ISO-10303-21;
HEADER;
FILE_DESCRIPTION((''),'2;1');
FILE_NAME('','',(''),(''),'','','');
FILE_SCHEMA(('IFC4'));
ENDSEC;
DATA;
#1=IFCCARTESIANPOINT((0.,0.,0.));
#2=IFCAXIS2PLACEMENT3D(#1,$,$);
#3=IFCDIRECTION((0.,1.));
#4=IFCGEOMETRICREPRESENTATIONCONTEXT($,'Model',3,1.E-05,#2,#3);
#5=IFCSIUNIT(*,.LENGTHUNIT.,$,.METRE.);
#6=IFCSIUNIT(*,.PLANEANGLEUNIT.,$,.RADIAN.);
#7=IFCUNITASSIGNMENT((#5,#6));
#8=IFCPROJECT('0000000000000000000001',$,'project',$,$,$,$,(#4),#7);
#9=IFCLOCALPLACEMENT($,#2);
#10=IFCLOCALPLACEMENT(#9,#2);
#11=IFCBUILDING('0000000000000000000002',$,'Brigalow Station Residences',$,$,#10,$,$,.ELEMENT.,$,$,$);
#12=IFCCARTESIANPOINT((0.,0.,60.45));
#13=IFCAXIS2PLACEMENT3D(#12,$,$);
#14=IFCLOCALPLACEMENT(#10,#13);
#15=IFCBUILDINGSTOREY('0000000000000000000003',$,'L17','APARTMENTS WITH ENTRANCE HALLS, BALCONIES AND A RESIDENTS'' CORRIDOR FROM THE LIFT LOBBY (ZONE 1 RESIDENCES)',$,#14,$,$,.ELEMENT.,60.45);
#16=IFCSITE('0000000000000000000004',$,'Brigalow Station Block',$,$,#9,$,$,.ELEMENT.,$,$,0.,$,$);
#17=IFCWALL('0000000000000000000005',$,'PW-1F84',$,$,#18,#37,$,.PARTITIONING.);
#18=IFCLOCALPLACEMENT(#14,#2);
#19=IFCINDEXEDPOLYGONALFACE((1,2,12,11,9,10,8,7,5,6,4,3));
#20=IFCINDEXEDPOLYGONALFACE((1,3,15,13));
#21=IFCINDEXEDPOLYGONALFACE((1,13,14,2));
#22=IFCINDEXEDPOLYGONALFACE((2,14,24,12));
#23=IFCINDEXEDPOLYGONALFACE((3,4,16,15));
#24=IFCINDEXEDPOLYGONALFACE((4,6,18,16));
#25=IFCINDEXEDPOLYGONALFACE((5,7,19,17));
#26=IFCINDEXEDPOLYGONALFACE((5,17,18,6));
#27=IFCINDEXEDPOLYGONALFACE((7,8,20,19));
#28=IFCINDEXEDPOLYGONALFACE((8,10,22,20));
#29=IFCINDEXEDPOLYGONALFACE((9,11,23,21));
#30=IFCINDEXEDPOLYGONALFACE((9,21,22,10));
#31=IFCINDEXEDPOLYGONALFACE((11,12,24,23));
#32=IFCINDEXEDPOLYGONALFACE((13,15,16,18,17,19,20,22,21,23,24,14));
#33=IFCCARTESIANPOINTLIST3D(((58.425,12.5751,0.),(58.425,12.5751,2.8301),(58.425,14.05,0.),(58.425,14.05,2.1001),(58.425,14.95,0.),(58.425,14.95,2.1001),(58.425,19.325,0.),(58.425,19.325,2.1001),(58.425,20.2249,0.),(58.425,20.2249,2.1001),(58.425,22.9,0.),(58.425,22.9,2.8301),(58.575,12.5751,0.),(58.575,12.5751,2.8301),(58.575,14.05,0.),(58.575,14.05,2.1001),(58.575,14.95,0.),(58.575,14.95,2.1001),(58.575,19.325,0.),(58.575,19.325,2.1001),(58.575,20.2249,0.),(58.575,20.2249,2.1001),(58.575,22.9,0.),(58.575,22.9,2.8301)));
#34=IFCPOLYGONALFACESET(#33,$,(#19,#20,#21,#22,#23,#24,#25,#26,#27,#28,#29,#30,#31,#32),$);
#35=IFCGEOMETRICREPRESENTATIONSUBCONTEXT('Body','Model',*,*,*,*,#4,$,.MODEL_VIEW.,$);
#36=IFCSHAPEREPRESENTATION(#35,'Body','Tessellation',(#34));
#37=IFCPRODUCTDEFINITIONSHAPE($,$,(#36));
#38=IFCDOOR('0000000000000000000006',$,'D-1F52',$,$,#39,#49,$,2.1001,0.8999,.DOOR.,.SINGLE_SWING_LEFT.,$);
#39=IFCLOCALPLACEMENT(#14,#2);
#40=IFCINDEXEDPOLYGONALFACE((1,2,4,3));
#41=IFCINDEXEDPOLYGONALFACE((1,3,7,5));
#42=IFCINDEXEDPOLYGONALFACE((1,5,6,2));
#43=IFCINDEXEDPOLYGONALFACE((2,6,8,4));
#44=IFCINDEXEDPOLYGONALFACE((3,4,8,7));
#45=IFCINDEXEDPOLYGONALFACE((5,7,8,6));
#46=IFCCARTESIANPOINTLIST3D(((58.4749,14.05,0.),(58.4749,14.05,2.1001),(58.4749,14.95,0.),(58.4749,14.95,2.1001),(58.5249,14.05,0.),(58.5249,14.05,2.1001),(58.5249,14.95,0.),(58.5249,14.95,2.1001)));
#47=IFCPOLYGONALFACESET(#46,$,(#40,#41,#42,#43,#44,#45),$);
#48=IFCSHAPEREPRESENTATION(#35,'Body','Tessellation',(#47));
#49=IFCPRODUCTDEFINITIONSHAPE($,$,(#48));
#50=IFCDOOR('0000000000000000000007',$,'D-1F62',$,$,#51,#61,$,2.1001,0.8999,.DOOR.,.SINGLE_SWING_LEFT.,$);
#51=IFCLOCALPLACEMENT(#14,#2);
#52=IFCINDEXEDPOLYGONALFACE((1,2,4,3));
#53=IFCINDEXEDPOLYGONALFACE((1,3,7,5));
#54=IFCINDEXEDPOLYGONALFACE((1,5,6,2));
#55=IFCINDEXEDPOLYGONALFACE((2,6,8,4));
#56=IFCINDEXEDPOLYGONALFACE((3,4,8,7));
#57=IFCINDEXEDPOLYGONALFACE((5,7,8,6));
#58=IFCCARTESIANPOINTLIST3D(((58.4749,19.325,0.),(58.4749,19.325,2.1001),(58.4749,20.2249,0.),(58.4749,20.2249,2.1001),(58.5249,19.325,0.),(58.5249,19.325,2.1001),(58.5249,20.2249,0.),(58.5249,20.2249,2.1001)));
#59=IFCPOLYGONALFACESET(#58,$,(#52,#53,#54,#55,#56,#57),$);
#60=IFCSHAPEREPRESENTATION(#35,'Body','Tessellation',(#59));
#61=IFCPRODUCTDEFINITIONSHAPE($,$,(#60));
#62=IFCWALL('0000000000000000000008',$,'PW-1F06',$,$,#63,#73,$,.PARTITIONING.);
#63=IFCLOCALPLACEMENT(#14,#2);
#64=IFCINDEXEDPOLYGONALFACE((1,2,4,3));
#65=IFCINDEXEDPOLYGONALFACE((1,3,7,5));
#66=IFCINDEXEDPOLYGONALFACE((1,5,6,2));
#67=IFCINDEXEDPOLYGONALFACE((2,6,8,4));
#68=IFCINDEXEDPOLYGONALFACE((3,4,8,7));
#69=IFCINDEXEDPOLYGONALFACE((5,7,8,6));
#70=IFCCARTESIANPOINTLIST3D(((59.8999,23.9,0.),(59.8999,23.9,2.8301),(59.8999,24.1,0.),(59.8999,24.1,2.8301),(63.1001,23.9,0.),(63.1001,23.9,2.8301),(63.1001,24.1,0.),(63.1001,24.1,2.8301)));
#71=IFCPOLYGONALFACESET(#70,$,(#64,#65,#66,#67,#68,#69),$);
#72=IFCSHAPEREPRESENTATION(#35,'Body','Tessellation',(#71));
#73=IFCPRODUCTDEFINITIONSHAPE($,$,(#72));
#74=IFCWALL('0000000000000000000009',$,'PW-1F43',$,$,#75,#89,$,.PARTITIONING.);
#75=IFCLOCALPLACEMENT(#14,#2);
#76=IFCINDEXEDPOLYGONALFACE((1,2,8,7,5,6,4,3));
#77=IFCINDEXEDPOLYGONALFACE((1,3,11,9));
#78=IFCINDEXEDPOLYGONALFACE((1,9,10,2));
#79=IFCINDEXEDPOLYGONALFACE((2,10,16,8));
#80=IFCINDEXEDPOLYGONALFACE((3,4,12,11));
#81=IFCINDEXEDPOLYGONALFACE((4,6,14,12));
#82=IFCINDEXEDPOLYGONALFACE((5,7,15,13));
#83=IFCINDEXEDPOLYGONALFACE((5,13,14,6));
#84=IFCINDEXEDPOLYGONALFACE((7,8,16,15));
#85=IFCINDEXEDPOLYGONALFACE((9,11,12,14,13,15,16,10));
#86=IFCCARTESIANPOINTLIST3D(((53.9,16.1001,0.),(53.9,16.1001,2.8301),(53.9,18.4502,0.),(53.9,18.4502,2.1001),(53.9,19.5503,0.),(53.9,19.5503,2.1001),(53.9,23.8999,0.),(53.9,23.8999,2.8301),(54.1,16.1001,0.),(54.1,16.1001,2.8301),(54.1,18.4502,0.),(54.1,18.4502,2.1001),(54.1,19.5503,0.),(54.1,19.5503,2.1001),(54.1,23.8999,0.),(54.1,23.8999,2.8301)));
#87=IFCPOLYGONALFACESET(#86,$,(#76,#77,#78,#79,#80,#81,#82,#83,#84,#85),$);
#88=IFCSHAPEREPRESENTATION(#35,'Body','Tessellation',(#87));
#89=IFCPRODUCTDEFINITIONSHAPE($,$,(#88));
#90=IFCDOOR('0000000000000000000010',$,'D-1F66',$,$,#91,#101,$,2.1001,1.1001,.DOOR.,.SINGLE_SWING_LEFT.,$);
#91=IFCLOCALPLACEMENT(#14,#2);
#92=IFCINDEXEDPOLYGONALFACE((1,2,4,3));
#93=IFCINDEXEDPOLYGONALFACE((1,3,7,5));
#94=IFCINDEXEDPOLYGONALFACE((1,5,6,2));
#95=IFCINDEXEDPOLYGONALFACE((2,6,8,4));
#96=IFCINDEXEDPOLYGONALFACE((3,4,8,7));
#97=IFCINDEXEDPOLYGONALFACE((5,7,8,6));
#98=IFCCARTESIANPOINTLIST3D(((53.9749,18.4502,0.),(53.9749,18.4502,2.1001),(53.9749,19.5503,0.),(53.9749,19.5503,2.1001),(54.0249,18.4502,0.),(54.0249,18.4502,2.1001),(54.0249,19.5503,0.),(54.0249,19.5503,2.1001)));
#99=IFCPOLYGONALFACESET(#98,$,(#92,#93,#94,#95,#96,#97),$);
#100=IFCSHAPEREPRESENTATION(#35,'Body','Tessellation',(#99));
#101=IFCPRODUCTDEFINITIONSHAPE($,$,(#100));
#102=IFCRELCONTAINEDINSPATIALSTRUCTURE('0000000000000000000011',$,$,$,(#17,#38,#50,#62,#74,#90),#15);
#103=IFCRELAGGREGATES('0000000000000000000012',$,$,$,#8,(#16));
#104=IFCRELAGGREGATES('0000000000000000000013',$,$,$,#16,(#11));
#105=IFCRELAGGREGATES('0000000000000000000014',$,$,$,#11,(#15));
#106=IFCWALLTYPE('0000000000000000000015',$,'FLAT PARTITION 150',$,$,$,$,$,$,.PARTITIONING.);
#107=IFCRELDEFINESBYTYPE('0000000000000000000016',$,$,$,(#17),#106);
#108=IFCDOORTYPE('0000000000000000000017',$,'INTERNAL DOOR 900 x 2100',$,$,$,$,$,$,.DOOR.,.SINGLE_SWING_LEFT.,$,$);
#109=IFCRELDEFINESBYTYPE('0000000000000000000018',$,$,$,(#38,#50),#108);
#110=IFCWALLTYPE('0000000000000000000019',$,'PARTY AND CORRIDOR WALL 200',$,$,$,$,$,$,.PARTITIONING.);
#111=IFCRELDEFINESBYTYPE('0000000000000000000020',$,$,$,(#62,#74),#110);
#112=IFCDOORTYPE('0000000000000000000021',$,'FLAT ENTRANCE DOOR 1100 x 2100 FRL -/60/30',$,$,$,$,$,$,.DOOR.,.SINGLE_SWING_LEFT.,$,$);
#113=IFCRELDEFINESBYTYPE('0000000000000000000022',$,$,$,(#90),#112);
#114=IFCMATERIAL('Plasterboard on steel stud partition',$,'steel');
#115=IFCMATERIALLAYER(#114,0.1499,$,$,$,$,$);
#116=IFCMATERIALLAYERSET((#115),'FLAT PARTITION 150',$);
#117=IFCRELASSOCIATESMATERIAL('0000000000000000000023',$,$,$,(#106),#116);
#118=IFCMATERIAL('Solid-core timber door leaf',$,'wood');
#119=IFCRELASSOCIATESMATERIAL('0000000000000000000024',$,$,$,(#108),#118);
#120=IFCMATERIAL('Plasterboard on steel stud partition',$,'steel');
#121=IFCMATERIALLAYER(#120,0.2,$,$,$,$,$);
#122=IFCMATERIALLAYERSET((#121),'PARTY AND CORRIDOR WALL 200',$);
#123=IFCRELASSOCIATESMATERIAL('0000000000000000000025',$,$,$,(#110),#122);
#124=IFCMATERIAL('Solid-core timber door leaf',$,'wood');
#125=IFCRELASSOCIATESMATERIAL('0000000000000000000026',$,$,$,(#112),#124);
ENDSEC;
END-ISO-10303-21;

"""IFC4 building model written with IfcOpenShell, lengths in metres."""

from ifc_helpers import new_model, si_unit, direction, frame, frame_2d, origin, place, context, subcontext, project, spatial, rectangle, extrude, material, layer, layer_set, type_object, element, fill, save


model = new_model("IFC4")

# Units and contexts
model_context = context("Model", 3, precision=1e-05, world=origin(), true_north=direction((0.0, 1.0)))
body_context = subcontext(model_context, "Body", "Model", "MODEL_VIEW")
ifc_project = project(units=[si_unit("LENGTHUNIT", "METRE"), si_unit("PLANEANGLEUNIT", "RADIAN")], contexts=[model_context])

# Site, building, storey
site_placement = place(None, origin())
site = spatial("IfcSite", under=ifc_project, at=site_placement, Name="Brigalow Station Block", CompositionType="ELEMENT", RefElevation=0.0)
building_placement = place(site_placement, origin())
building = spatial("IfcBuilding", under=site, at=building_placement, Name="Brigalow Station Residences", CompositionType="ELEMENT")
storey_placement = place(building_placement, frame((0.0, 0.0, 60.45)))
storey = spatial("IfcBuildingStorey", under=building, at=storey_placement, Name="L17", Description="APARTMENTS WITH ENTRANCE HALLS, BALCONIES AND A RESIDENTS' CORRIDOR FROM THE LIFT LOBBY (ZONE 1 RESIDENCES)", CompositionType="ELEMENT", Elevation=60.45)

# Shared definitions
ifc_material_1 = material(Name="Plasterboard on steel stud partition", Category="steel")
ifc_layer_1 = layer(ifc_material_1, 0.1499)
ifc_layer_set_1 = layer_set([ifc_layer_1], Name="FLAT PARTITION 150")
wall_type_1 = type_object("IfcWallType", Name="FLAT PARTITION 150", PredefinedType="PARTITIONING", material=ifc_layer_set_1)

# Shared definitions
ifc_material_2 = material(Name="Solid-core timber door leaf", Category="wood")
door_type_1 = type_object("IfcDoorType", Name="INTERNAL DOOR 900 x 2100", OperationType="SINGLE_SWING_LEFT", PredefinedType="DOOR", material=ifc_material_2)

# Wall, openings, doors
wall_1_placement = place(storey_placement, frame((58.5, 12.575, 0.0), z_axis=(0.0, 0.0, 1.0), x_axis=(0.0, 1.0, 0.0)))
wall_1 = element("IfcWall", 1, at=wall_1_placement, inside=storey, type_object=wall_type_1, Name="PW-1F84", PredefinedType="PARTITIONING", context=body_context, shape_type="SweptSolid", body=[
    extrude(rectangle(XDim=10.325, YDim=0.1499, at=frame_2d((5.1626, 0.0))), origin(), (0.0, 0.0, 1.0), 2.8301),
])
opening_1_placement = place(wall_1_placement, frame((1.4751, 0.0, 0.0)))
opening_1 = element("IfcOpeningElement", 2, at=opening_1_placement, cuts=wall_1, PredefinedType="OPENING", context=body_context, shape_type="SweptSolid", body=[
    extrude(rectangle(XDim=0.8999, YDim=2.1001, at=frame_2d((0.45, 1.05))), frame((0.0, 0.085, 0.0), z_axis=(0.0, -1.0, 0.0), x_axis=(1.0, 0.0, 0.0)), (0.0, 0.0, 1.0), 0.1699),
])
opening_2_placement = place(wall_1_placement, frame((6.75, 0.0, 0.0)))
opening_2 = element("IfcOpeningElement", 3, at=opening_2_placement, cuts=wall_1, PredefinedType="OPENING", context=body_context, shape_type="SweptSolid", body=[
    extrude(rectangle(XDim=0.8999, YDim=2.1001, at=frame_2d((0.45, 1.05))), frame((0.0, 0.085, 0.0), z_axis=(0.0, -1.0, 0.0), x_axis=(1.0, 0.0, 0.0)), (0.0, 0.0, 1.0), 0.1699),
])
door_1_placement = place(opening_1_placement, frame((0.8999, 0.0, 0.0), z_axis=(0.0, 0.0, 1.0), x_axis=(-1.0, 0.0, 0.0)))
door_1 = element("IfcDoor", 4, at=door_1_placement, inside=storey, type_object=door_type_1, Name="D-1F52", OperationType="SINGLE_SWING_LEFT", OverallHeight=2.1001, OverallWidth=0.8999, PredefinedType="DOOR", context=body_context, shape_type="SweptSolid", body=[
    extrude(rectangle(XDim=0.8999, YDim=2.1001, at=frame_2d((0.45, 1.05))), frame((0.0, 0.0249, 0.0), z_axis=(0.0, -1.0, 0.0), x_axis=(1.0, 0.0, 0.0)), (0.0, 0.0, 1.0), 0.05),
])
fill(opening_1, door_1)
door_2_placement = place(opening_2_placement, frame((0.8999, 0.0, 0.0), z_axis=(0.0, 0.0, 1.0), x_axis=(-1.0, 0.0, 0.0)))
door_2 = element("IfcDoor", 5, at=door_2_placement, inside=storey, type_object=door_type_1, Name="D-1F62", OperationType="SINGLE_SWING_LEFT", OverallHeight=2.1001, OverallWidth=0.8999, PredefinedType="DOOR", context=body_context, shape_type="SweptSolid", body=[
    extrude(rectangle(XDim=0.8999, YDim=2.1001, at=frame_2d((0.45, 1.05))), frame((0.0, 0.0249, 0.0), z_axis=(0.0, -1.0, 0.0), x_axis=(1.0, 0.0, 0.0)), (0.0, 0.0, 1.0), 0.05),
])
fill(opening_2, door_2)

# Wall
ifc_material_3 = material(Name="Plasterboard on steel stud partition", Category="steel")
ifc_layer_2 = layer(ifc_material_3, 0.2)
ifc_layer_set_2 = layer_set([ifc_layer_2], Name="PARTY AND CORRIDOR WALL 200")
wall_type_2 = type_object("IfcWallType", Name="PARTY AND CORRIDOR WALL 200", PredefinedType="PARTITIONING", material=ifc_layer_set_2)
wall_2_placement = place(storey_placement, frame((59.8999, 24.0, 0.0), z_axis=(0.0, 0.0, 1.0), x_axis=(1.0, 0.0, 0.0)))
element("IfcWall", 6, at=wall_2_placement, inside=storey, type_object=wall_type_2, Name="PW-1F06", PredefinedType="PARTITIONING", context=body_context, shape_type="SweptSolid", body=[
    extrude(rectangle(XDim=3.2002, YDim=0.2, at=frame_2d((1.6001, 0.0))), origin(), (0.0, 0.0, 1.0), 2.8301),
])

# Wall, opening, door
wall_3_placement = place(storey_placement, frame((54.0, 16.1001, 0.0), z_axis=(0.0, 0.0, 1.0), x_axis=(0.0, 1.0, 0.0)))
wall_3 = element("IfcWall", 7, at=wall_3_placement, inside=storey, type_object=wall_type_2, Name="PW-1F43", PredefinedType="PARTITIONING", context=body_context, shape_type="SweptSolid", body=[
    extrude(rectangle(XDim=7.7998, YDim=0.2, at=frame_2d((3.8999, 0.0))), origin(), (0.0, 0.0, 1.0), 2.8301),
])
opening_3_placement = place(wall_3_placement, frame((2.3501, 0.0, 0.0)))
opening_3 = element("IfcOpeningElement", 8, at=opening_3_placement, cuts=wall_3, PredefinedType="OPENING", context=body_context, shape_type="SweptSolid", body=[
    extrude(rectangle(XDim=1.1001, YDim=2.1001, at=frame_2d((0.55, 1.05))), frame((0.0, 0.1099, 0.0), z_axis=(0.0, -1.0, 0.0), x_axis=(1.0, 0.0, 0.0)), (0.0, 0.0, 1.0), 0.22),
])
ifc_material_4 = material(Name="Solid-core timber door leaf", Category="wood")
door_type_2 = type_object("IfcDoorType", Name="FLAT ENTRANCE DOOR 1100 x 2100 FRL -/60/30", OperationType="SINGLE_SWING_LEFT", PredefinedType="DOOR", material=ifc_material_4)
door_3_placement = place(opening_3_placement, frame((1.1001, 0.0, 0.0), z_axis=(0.0, 0.0, 1.0), x_axis=(-1.0, 0.0, 0.0)))
door_3 = element("IfcDoor", 9, at=door_3_placement, inside=storey, type_object=door_type_2, Name="D-1F66", OperationType="SINGLE_SWING_LEFT", OverallHeight=2.1001, OverallWidth=1.1001, PredefinedType="DOOR", context=body_context, shape_type="SweptSolid", body=[
    extrude(rectangle(XDim=1.1001, YDim=2.1001, at=frame_2d((0.55, 1.05))), frame((0.0, 0.0249, 0.0), z_axis=(0.0, -1.0, 0.0), x_axis=(1.0, 0.0, 0.0)), (0.0, 0.0, 1.0), 0.05),
])
fill(opening_3, door_3)

save(model, "model.ifc")
